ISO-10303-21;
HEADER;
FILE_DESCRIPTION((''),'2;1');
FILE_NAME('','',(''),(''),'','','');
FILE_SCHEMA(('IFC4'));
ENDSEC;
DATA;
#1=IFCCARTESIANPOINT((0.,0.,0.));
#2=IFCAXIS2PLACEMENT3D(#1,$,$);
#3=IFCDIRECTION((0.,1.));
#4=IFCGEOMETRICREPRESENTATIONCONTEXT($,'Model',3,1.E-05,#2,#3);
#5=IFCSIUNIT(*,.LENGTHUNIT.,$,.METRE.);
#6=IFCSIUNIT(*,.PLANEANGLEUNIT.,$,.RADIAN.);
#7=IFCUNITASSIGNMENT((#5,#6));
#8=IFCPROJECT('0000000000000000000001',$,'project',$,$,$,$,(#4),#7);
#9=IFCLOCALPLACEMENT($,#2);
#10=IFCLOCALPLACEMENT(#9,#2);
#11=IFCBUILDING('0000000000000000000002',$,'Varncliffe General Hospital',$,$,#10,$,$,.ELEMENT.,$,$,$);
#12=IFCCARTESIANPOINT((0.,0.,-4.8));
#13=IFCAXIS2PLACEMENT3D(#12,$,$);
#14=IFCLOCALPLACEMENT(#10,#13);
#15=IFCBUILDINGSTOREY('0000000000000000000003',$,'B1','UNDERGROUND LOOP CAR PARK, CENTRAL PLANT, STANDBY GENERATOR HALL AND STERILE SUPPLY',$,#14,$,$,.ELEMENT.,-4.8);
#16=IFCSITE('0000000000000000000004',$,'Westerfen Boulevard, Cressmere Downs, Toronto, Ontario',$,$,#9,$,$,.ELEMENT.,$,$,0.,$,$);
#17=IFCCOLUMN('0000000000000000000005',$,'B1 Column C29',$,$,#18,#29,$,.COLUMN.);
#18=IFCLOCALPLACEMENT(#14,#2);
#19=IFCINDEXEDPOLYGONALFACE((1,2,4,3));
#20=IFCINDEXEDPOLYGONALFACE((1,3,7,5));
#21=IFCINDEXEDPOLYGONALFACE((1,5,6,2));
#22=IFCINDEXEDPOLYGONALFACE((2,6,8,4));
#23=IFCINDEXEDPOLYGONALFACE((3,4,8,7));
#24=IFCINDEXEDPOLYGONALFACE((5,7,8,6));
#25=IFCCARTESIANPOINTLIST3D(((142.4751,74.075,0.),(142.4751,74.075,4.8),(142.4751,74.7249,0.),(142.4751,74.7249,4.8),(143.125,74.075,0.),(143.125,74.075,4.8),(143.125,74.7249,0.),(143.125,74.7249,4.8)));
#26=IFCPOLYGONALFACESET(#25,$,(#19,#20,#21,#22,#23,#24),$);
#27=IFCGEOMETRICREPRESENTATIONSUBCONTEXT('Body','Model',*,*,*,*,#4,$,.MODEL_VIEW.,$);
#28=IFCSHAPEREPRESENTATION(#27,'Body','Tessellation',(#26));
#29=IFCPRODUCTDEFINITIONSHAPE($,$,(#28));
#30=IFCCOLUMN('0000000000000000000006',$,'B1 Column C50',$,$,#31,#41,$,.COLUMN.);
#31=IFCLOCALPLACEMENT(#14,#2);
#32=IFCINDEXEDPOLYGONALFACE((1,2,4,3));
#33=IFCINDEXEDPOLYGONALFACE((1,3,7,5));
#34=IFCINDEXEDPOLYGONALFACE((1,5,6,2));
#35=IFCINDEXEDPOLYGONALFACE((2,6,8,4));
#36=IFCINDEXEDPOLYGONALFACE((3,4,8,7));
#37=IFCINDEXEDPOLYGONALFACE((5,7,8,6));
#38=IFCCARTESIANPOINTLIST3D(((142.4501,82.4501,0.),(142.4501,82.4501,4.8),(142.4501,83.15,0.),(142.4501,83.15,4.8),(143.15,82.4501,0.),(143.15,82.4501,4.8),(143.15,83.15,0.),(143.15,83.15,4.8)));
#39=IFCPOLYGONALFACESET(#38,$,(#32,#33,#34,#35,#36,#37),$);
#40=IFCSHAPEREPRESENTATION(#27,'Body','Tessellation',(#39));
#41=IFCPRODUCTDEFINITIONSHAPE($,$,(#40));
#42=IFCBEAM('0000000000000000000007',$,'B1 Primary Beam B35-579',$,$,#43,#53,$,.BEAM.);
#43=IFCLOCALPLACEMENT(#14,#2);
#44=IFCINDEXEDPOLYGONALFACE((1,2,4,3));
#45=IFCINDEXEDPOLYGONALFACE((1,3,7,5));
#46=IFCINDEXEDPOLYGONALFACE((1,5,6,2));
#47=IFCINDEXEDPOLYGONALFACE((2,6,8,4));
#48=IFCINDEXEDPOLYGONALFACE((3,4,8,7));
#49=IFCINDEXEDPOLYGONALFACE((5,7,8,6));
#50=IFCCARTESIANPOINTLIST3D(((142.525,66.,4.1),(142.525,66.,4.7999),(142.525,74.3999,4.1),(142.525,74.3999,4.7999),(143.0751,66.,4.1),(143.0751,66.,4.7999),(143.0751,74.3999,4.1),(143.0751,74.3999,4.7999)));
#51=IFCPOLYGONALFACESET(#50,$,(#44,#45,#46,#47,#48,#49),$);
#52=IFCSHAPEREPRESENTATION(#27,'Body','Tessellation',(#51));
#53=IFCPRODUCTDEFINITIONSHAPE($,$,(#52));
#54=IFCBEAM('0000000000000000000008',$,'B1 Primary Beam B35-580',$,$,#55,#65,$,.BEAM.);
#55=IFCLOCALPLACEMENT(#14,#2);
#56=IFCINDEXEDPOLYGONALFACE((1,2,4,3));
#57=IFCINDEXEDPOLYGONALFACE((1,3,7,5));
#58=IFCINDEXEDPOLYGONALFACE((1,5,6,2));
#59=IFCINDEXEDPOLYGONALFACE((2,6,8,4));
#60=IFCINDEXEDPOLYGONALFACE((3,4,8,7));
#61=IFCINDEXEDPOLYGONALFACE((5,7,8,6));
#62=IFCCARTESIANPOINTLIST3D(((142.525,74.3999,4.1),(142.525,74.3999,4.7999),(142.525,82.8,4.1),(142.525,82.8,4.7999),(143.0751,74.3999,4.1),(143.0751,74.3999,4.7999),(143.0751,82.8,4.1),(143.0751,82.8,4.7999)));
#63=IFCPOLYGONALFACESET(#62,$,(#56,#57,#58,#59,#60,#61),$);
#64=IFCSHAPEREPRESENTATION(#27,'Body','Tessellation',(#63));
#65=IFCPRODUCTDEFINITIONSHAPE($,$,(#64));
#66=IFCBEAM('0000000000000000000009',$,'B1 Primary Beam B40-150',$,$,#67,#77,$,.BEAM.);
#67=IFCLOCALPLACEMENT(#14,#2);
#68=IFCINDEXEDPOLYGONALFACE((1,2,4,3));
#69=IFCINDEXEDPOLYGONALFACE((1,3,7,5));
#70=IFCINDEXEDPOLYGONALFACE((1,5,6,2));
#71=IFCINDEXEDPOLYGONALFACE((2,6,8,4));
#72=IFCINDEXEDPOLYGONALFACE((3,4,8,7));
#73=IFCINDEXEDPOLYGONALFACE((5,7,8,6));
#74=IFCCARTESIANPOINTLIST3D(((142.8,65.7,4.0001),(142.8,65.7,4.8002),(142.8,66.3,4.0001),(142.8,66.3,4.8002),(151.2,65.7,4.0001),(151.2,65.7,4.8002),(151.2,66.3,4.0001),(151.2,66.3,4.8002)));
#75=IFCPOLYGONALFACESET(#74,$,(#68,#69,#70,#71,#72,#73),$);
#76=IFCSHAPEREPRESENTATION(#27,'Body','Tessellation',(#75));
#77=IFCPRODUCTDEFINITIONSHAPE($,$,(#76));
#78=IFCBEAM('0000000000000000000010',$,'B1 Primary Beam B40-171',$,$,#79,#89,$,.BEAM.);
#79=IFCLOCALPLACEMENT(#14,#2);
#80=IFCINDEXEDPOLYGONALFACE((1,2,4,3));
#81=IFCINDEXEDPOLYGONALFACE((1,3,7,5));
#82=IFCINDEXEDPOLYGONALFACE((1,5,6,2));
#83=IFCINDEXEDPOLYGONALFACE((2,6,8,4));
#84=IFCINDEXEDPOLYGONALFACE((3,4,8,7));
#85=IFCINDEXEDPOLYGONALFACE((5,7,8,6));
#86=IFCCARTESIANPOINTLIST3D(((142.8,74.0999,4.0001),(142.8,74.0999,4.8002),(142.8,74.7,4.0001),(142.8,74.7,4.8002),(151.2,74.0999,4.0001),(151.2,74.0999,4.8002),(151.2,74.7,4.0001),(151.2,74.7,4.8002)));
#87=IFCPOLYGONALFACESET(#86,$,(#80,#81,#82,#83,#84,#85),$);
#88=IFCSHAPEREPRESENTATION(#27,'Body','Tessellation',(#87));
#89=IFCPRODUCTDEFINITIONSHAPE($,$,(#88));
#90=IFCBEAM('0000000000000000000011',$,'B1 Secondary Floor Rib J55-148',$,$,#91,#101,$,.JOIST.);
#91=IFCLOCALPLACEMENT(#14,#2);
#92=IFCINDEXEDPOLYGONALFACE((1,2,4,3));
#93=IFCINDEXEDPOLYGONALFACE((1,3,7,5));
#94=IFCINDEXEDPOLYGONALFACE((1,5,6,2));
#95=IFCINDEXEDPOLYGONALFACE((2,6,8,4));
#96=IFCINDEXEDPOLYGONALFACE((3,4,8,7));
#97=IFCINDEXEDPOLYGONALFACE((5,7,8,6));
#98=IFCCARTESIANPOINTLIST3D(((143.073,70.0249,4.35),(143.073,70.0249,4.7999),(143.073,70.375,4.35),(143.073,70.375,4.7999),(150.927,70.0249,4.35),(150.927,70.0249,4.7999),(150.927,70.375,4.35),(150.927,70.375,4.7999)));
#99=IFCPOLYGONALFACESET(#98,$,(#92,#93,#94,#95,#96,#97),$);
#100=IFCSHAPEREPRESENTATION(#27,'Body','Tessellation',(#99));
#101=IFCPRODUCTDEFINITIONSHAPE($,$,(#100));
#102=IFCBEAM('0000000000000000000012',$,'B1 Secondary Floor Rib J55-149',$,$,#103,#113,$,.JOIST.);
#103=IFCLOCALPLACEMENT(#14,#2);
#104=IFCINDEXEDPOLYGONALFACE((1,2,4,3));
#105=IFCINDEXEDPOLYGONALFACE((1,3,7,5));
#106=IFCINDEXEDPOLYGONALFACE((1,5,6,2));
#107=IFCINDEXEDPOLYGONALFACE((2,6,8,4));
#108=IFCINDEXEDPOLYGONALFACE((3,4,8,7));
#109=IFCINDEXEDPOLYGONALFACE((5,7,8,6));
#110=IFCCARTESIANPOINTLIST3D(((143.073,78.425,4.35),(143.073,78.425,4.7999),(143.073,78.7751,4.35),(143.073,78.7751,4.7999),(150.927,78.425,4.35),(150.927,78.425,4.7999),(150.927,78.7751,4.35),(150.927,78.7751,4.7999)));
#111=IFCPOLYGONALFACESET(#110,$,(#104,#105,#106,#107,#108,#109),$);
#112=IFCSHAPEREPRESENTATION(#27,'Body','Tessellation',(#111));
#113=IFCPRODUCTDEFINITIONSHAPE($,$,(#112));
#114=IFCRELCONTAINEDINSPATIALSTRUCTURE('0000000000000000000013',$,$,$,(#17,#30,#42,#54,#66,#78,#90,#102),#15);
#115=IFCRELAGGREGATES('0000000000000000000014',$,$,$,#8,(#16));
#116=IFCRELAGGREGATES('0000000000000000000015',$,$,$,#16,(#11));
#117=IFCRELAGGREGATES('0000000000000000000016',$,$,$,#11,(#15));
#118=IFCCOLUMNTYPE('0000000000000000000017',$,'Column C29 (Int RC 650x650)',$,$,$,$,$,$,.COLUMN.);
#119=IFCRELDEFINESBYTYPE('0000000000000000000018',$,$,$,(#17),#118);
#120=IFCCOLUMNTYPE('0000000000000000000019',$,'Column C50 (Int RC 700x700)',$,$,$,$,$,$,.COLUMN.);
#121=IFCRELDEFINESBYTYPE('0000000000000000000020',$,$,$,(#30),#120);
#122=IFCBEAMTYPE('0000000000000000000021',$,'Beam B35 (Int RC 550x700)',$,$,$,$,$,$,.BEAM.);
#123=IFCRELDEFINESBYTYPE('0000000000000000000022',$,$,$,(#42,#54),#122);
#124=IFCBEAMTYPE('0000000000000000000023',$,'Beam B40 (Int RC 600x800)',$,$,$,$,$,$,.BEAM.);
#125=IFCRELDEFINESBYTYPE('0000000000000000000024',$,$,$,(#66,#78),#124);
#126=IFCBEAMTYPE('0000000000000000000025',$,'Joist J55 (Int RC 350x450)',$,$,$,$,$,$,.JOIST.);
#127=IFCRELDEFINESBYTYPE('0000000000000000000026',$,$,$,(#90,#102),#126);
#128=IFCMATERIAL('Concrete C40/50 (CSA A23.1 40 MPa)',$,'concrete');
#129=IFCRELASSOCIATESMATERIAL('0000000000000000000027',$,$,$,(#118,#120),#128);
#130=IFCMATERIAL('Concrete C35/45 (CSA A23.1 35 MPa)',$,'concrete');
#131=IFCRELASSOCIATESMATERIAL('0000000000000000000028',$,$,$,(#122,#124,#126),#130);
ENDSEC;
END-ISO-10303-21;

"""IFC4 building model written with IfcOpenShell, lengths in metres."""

from ifc_helpers import new_model, si_unit, direction, frame, origin, origin_2d, place, context, subcontext, project, spatial, rectangle, extrude, material, material_profile, profile_set, type_object, element, save


model = new_model("IFC4")

# Units and contexts
model_context = context("Model", 3, precision=1e-05, world=origin(), true_north=direction((0.0, 1.0)))
body_context = subcontext(model_context, "Body", "Model", "MODEL_VIEW")
ifc_project = project(units=[si_unit("LENGTHUNIT", "METRE"), si_unit("PLANEANGLEUNIT", "RADIAN")], contexts=[model_context])

# Site, building, storey
site_placement = place(None, origin())
site = spatial("IfcSite", under=ifc_project, at=site_placement, Name="Westerfen Boulevard, Cressmere Downs, Toronto, Ontario", CompositionType="ELEMENT", RefElevation=0.0)
building_placement = place(site_placement, origin())
building = spatial("IfcBuilding", under=site, at=building_placement, Name="Varncliffe General Hospital", CompositionType="ELEMENT")
storey_placement = place(building_placement, frame((0.0, 0.0, -4.8)))
storey = spatial("IfcBuildingStorey", under=building, at=storey_placement, Name="B1", Description="UNDERGROUND LOOP CAR PARK, CENTRAL PLANT, STANDBY GENERATOR HALL AND STERILE SUPPLY", CompositionType="ELEMENT", Elevation=-4.8)

# Shared definitions
ifc_material_1 = material(Name="Concrete C40/50 (CSA A23.1 40 MPa)", Category="concrete")

# Columns
ifc_material_profile_1 = material_profile(ifc_material_1, rectangle(XDim=0.6499, YDim=0.6499, at=origin_2d()), Name="RC 650x650")
ifc_profile_set_1 = profile_set([ifc_material_profile_1], Name="Concrete C40/50 (CSA A23.1 40 MPa)")
column_type_1 = type_object("IfcColumnType", Name="Column C29 (Int RC 650x650)", PredefinedType="COLUMN", material=ifc_profile_set_1)
for number, where, z_axis, x_axis, name in (
    (1, (142.8, 74.3999, 0.0), (0.0, 0.0, 1.0), (1.0, 0.0, 0.0), "B1 Column C29"),
):
    element("IfcColumn", number, at=place(storey_placement, frame(where, z_axis=z_axis, x_axis=x_axis)), inside=storey, type_object=column_type_1, Name=name, PredefinedType="COLUMN", context=body_context, shape_type="SweptSolid", body=[
        extrude(rectangle(XDim=0.6499, YDim=0.6499, at=origin_2d()), origin(), (0.0, 0.0, 1.0), 4.8),
    ])
ifc_material_profile_2 = material_profile(ifc_material_1, rectangle(XDim=0.7, YDim=0.7, at=origin_2d()), Name="RC 700x700")
ifc_profile_set_2 = profile_set([ifc_material_profile_2], Name="Concrete C40/50 (CSA A23.1 40 MPa)")
column_type_2 = type_object("IfcColumnType", Name="Column C50 (Int RC 700x700)", PredefinedType="COLUMN", material=ifc_profile_set_2)
column_placement = place(storey_placement, frame((142.8, 82.8, 0.0), z_axis=(0.0, 0.0, 1.0), x_axis=(1.0, 0.0, 0.0)))
element("IfcColumn", 2, at=column_placement, inside=storey, type_object=column_type_2, Name="B1 Column C50", PredefinedType="COLUMN", context=body_context, shape_type="SweptSolid", body=[
    extrude(rectangle(XDim=0.7, YDim=0.7, at=origin_2d()), origin(), (0.0, 0.0, 1.0), 4.8),
])

# Beams
ifc_material_2 = material(Name="Concrete C35/45 (CSA A23.1 35 MPa)", Category="concrete")
ifc_material_profile_3 = material_profile(ifc_material_2, rectangle(XDim=0.55, YDim=0.7, at=origin_2d()), Name="RC 550x700")
ifc_profile_set_3 = profile_set([ifc_material_profile_3], Name="Concrete C35/45 (CSA A23.1 35 MPa)")
beam_type_1 = type_object("IfcBeamType", Name="Beam B35 (Int RC 550x700)", PredefinedType="BEAM", material=ifc_profile_set_3)
beam_1_placement = place(storey_placement, frame((142.8, 66.0, 4.45), z_axis=(0.0, 1.0, 0.0), x_axis=(-1.0, 0.0, 0.0)))
element("IfcBeam", 3, at=beam_1_placement, inside=storey, type_object=beam_type_1, Name="B1 Primary Beam B35-579", PredefinedType="BEAM", context=body_context, shape_type="SweptSolid", body=[
    extrude(rectangle(XDim=0.55, YDim=0.7, at=origin_2d()), origin(), (0.0, 0.0, 1.0), 8.3999),
])
beam_2_placement = place(storey_placement, frame((142.8, 74.3999, 4.45), z_axis=(0.0, 1.0, 0.0), x_axis=(-1.0, 0.0, 0.0)))
element("IfcBeam", 4, at=beam_2_placement, inside=storey, type_object=beam_type_1, Name="B1 Primary Beam B35-580", PredefinedType="BEAM", context=body_context, shape_type="SweptSolid", body=[
    extrude(rectangle(XDim=0.55, YDim=0.7, at=origin_2d()), origin(), (0.0, 0.0, 1.0), 8.4001),
])
ifc_material_profile_4 = material_profile(ifc_material_2, rectangle(XDim=0.6001, YDim=0.8, at=origin_2d()), Name="RC 600x800")
ifc_profile_set_4 = profile_set([ifc_material_profile_4], Name="Concrete C35/45 (CSA A23.1 35 MPa)")
beam_type_2 = type_object("IfcBeamType", Name="Beam B40 (Int RC 600x800)", PredefinedType="BEAM", material=ifc_profile_set_4)
for number, where, z_axis, x_axis, name in (
    (5, (142.8, 66.0, 4.4001), (1.0, 0.0, 0.0), (0.0, 1.0, 0.0), "B1 Primary Beam B40-150"),
    (6, (142.8, 74.3999, 4.4001), (1.0, 0.0, 0.0), (0.0, 1.0, 0.0), "B1 Primary Beam B40-171"),
):
    element("IfcBeam", number, at=place(storey_placement, frame(where, z_axis=z_axis, x_axis=x_axis)), inside=storey, type_object=beam_type_2, Name=name, PredefinedType="BEAM", context=body_context, shape_type="SweptSolid", body=[
        extrude(rectangle(XDim=0.6001, YDim=0.8, at=origin_2d()), origin(), (0.0, 0.0, 1.0), 8.3999),
    ])
ifc_material_profile_5 = material_profile(ifc_material_2, rectangle(XDim=0.3501, YDim=0.45, at=origin_2d()), Name="RC 350x450")
ifc_profile_set_5 = profile_set([ifc_material_profile_5], Name="Concrete C35/45 (CSA A23.1 35 MPa)")
beam_type_3 = type_object("IfcBeamType", Name="Joist J55 (Int RC 350x450)", PredefinedType="JOIST", material=ifc_profile_set_5)
for number, where, z_axis, x_axis, name in (
    (7, (143.073, 70.2, 4.575), (1.0, 0.0, 0.0), (0.0, 1.0, 0.0), "B1 Secondary Floor Rib J55-148"),
    (8, (143.073, 78.6001, 4.575), (1.0, 0.0, 0.0), (0.0, 1.0, 0.0), "B1 Secondary Floor Rib J55-149"),
):
    element("IfcBeam", number, at=place(storey_placement, frame(where, z_axis=z_axis, x_axis=x_axis)), inside=storey, type_object=beam_type_3, Name=name, PredefinedType="JOIST", context=body_context, shape_type="SweptSolid", body=[
        extrude(rectangle(XDim=0.3501, YDim=0.45, at=origin_2d()), origin(), (0.0, 0.0, 1.0), 7.854),
    ])

save(model, "model.ifc")
